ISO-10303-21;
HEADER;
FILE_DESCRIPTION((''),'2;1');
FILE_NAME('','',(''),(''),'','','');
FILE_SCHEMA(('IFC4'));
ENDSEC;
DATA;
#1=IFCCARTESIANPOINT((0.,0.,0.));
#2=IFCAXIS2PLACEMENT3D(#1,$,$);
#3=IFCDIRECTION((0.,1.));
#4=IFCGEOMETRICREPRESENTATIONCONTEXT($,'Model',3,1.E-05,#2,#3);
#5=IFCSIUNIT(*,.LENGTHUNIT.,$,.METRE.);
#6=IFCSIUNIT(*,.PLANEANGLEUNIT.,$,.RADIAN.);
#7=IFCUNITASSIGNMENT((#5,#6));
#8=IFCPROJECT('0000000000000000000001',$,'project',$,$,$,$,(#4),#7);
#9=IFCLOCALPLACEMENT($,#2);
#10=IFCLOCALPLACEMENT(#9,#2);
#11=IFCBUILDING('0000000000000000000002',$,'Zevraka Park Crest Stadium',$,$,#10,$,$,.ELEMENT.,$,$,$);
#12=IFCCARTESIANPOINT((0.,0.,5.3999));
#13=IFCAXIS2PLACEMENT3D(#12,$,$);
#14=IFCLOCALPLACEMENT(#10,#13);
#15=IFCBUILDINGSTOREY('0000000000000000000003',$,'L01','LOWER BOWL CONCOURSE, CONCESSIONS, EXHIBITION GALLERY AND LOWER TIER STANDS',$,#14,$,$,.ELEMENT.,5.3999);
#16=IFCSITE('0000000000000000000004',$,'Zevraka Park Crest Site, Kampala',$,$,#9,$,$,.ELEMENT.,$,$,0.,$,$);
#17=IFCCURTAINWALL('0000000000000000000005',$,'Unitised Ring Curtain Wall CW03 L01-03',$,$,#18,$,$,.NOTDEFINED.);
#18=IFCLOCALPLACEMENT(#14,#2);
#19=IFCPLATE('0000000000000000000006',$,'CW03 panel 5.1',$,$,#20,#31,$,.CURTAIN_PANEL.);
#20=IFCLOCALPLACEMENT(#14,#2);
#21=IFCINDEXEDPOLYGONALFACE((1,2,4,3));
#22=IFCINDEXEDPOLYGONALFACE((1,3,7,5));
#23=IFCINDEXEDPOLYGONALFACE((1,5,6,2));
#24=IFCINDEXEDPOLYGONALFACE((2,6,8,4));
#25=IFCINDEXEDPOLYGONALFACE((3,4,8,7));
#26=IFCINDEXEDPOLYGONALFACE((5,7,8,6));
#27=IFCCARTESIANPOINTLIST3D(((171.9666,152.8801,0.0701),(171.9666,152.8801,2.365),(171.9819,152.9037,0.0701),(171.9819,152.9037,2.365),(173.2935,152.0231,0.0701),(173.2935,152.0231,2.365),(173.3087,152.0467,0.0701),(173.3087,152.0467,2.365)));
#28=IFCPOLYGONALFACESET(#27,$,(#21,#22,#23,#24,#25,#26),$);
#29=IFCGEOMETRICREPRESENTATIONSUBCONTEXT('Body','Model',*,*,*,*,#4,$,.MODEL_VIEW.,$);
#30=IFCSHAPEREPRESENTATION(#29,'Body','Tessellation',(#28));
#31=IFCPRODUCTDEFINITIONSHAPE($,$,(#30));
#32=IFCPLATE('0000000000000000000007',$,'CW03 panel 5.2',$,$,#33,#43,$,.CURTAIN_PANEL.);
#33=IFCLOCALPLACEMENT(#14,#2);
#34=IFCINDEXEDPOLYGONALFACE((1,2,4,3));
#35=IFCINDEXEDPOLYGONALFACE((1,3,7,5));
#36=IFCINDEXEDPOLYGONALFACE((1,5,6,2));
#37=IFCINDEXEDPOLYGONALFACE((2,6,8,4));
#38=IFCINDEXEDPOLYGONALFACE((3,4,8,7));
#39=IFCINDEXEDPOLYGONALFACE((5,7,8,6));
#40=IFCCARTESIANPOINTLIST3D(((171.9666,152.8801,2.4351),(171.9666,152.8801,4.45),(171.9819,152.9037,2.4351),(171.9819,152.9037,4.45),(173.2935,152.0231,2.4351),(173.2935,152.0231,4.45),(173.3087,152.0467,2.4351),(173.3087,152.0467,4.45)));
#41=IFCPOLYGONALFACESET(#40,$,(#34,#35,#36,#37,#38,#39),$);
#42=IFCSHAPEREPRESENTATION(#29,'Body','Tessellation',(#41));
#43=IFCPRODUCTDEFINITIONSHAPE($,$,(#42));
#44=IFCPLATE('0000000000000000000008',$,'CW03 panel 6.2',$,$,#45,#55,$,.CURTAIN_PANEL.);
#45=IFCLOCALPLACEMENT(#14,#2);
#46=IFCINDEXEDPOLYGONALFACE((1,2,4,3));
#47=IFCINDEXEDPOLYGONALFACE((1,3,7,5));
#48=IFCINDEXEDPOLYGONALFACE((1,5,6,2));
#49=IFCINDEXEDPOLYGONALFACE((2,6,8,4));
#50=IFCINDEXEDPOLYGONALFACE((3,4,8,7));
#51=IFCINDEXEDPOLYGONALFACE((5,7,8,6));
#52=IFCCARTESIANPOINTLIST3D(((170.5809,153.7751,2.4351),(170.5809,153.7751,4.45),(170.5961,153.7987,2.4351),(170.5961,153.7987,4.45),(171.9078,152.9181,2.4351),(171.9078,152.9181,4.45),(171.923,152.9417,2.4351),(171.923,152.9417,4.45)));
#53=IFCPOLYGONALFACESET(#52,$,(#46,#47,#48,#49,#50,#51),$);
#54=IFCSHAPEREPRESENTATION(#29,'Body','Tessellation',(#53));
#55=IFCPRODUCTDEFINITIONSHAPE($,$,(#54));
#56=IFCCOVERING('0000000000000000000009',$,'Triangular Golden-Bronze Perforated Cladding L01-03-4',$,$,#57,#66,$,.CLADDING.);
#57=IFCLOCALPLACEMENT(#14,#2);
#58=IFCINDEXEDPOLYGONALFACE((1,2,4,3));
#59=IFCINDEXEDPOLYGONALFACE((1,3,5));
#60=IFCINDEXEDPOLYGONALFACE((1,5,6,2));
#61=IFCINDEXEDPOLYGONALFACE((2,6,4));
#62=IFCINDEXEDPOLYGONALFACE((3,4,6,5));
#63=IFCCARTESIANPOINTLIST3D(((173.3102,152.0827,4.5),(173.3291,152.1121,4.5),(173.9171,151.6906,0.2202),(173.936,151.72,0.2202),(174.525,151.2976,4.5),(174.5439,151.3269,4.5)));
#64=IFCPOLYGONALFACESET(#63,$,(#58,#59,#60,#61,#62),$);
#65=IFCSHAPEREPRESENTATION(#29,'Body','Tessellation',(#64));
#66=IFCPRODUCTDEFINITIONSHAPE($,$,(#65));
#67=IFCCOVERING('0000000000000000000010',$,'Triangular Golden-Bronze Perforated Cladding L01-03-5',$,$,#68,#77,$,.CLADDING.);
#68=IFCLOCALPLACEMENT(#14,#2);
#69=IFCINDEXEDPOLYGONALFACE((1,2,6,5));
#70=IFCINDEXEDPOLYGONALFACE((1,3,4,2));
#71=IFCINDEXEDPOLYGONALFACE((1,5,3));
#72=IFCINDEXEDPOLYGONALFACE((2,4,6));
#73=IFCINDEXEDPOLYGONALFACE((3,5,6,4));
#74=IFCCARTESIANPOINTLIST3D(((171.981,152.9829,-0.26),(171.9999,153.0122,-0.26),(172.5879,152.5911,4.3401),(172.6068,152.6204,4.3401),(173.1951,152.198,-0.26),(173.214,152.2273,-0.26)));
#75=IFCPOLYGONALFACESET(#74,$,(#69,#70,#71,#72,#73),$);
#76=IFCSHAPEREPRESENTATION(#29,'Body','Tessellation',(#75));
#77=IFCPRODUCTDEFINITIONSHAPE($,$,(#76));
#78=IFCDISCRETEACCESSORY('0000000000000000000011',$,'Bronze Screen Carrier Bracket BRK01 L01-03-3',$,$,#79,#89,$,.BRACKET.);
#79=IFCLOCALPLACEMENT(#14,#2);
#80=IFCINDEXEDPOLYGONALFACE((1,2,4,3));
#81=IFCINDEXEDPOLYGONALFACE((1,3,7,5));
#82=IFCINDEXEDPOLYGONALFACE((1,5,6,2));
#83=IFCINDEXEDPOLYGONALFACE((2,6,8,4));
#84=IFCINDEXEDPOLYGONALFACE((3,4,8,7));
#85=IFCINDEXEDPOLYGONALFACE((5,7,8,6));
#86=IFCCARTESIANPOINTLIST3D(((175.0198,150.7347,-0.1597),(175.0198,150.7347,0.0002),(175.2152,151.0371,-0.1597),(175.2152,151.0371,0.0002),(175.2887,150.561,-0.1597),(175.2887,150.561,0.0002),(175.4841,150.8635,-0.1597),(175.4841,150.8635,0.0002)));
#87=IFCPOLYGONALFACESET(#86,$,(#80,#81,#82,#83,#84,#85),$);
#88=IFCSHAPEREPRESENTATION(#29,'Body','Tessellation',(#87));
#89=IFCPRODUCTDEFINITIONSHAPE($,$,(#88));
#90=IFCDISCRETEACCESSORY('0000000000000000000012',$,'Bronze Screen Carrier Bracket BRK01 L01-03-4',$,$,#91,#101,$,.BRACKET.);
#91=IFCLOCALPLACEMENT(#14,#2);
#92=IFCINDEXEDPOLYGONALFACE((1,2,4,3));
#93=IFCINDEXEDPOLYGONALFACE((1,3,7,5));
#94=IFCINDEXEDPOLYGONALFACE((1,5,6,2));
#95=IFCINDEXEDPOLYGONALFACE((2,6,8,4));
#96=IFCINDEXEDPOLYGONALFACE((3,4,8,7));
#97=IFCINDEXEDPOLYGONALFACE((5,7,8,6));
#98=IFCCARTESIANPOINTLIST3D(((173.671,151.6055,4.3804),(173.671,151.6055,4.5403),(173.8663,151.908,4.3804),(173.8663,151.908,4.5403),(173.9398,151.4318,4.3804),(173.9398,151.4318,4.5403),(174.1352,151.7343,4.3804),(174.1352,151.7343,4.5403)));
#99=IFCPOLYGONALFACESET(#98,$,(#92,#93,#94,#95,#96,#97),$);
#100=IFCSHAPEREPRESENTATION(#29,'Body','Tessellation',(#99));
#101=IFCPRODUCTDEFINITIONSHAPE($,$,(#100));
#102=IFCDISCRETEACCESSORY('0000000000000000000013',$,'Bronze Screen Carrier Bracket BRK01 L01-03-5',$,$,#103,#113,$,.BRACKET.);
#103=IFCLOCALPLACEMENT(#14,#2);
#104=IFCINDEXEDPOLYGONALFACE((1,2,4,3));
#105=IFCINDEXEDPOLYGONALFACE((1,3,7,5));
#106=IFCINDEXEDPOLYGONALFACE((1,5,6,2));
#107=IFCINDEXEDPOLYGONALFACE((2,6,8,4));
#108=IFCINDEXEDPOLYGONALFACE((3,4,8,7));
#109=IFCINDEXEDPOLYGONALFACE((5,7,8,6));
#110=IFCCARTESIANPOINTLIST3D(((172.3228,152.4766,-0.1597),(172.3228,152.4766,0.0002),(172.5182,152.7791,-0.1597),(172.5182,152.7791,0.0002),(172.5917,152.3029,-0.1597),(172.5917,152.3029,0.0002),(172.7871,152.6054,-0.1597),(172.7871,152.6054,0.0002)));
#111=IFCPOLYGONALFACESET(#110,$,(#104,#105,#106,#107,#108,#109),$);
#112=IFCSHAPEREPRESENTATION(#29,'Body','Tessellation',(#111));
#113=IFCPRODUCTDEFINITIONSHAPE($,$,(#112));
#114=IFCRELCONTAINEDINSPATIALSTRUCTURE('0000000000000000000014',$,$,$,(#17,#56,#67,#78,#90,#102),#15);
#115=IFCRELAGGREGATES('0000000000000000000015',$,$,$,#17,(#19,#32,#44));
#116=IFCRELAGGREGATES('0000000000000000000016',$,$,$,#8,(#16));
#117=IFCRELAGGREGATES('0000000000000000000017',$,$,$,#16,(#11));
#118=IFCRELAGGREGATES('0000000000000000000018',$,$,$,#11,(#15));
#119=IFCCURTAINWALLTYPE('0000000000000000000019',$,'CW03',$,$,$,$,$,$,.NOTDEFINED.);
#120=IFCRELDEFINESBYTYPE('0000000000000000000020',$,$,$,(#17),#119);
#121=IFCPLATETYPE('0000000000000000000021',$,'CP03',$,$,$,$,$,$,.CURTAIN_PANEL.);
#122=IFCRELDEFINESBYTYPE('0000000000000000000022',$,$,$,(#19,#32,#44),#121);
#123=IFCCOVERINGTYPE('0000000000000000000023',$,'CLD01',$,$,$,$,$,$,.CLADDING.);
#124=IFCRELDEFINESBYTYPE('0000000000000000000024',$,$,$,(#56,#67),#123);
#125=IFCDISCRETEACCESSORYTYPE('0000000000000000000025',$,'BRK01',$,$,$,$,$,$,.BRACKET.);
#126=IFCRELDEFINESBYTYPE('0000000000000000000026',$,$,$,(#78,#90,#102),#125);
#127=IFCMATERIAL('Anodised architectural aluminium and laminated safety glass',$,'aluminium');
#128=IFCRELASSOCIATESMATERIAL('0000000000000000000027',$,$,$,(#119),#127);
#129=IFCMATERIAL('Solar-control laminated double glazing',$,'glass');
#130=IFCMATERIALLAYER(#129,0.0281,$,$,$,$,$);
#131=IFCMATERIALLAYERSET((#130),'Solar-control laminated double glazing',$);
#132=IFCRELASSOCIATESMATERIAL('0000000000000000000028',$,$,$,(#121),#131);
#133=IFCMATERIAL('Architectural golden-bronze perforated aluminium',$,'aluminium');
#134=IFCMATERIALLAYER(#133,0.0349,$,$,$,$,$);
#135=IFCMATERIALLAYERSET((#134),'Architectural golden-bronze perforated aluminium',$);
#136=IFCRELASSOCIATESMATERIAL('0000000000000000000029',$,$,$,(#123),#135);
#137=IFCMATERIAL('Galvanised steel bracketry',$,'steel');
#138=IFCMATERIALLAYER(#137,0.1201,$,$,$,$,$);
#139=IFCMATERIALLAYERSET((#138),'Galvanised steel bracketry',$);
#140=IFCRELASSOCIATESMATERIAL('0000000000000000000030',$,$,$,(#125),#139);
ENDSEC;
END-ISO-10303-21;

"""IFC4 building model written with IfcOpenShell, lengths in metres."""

from ifc_helpers import new_model, si_unit, direction, frame, origin, origin_2d, place, context, subcontext, project, spatial, polyline, rectangle, outline, extrude, material, layer, layer_set, type_object, element, aggregate, save


model = new_model("IFC4")

# Units and contexts
model_context = context("Model", 3, precision=1e-05, world=origin(), true_north=direction((0.0, 1.0)))
body_context = subcontext(model_context, "Body", "Model", "MODEL_VIEW")
ifc_project = project(units=[si_unit("LENGTHUNIT", "METRE"), si_unit("PLANEANGLEUNIT", "RADIAN")], contexts=[model_context])

# Site, building, storey
site_placement = place(None, origin())
site = spatial("IfcSite", under=ifc_project, at=site_placement, Name="Zevraka Park Crest Site, Kampala", CompositionType="ELEMENT", RefElevation=0.0)
building_placement = place(site_placement, origin())
building = spatial("IfcBuilding", under=site, at=building_placement, Name="Zevraka Park Crest Stadium", CompositionType="ELEMENT")
storey_placement = place(building_placement, frame((0.0, 0.0, 5.3999)))
storey = spatial("IfcBuildingStorey", under=building, at=storey_placement, Name="L01", Description="LOWER BOWL CONCOURSE, CONCESSIONS, EXHIBITION GALLERY AND LOWER TIER STANDS", CompositionType="ELEMENT", Elevation=5.3999)

# Curtain wall, plates
ifc_material_1 = material(Name="Anodised architectural aluminium and laminated safety glass", Category="aluminium")
curtain_wall_type = type_object("IfcCurtainWallType", Name="CW03", PredefinedType="NOTDEFINED", material=ifc_material_1)
curtain_wall_placement = place(storey_placement, origin())
curtain_wall = element("IfcCurtainWall", 1, at=curtain_wall_placement, inside=storey, type_object=curtain_wall_type, Name="Unitised Ring Curtain Wall CW03 L01-03", PredefinedType="NOTDEFINED")
ifc_material_2 = material(Name="Solar-control laminated double glazing", Category="glass")
ifc_layer_1 = layer(ifc_material_2, 0.0281)
ifc_layer_set_1 = layer_set([ifc_layer_1], Name="Solar-control laminated double glazing")
plate_type = type_object("IfcPlateType", Name="CP03", PredefinedType="CURTAIN_PANEL", material=ifc_layer_set_1)
plate_1_placement = place(storey_placement, frame((172.6377, 152.4634, 0.0701), z_axis=(0.0, 0.0, 1.0), x_axis=(-0.84001, 0.542571, 0.0)))
plate_1 = element("IfcPlate", 2, at=plate_1_placement, type_object=plate_type, Name="CW03 panel 5.1", PredefinedType="CURTAIN_PANEL", context=body_context, shape_type="SweptSolid", body=[
    extrude(rectangle(XDim=1.5796, YDim=0.0281, at=origin_2d()), origin(), (0.0, 0.0, 1.0), 2.2949),
])
plate_2_placement = place(storey_placement, frame((172.6377, 152.4634, 2.4351), z_axis=(0.0, 0.0, 1.0), x_axis=(-0.84001, 0.542571, 0.0)))
plate_2 = element("IfcPlate", 3, at=plate_2_placement, type_object=plate_type, Name="CW03 panel 5.2", PredefinedType="CURTAIN_PANEL", context=body_context, shape_type="SweptSolid", body=[
    extrude(rectangle(XDim=1.5796, YDim=0.0281, at=origin_2d()), origin(), (0.0, 0.0, 1.0), 2.0149),
])
plate_3_placement = place(storey_placement, frame((171.252, 153.3584, 2.4351), z_axis=(0.0, 0.0, 1.0), x_axis=(-0.84001, 0.542571, 0.0)))
plate_3 = element("IfcPlate", 4, at=plate_3_placement, type_object=plate_type, Name="CW03 panel 6.2", PredefinedType="CURTAIN_PANEL", context=body_context, shape_type="SweptSolid", body=[
    extrude(rectangle(XDim=1.5796, YDim=0.0281, at=origin_2d()), origin(), (0.0, 0.0, 1.0), 2.0149),
])
aggregate(curtain_wall, [plate_1, plate_2, plate_3])

# Coverings
ifc_material_3 = material(Name="Architectural golden-bronze perforated aluminium", Category="aluminium")
ifc_layer_2 = layer(ifc_material_3, 0.0349)
ifc_layer_set_2 = layer_set([ifc_layer_2], Name="Architectural golden-bronze perforated aluminium")
covering_type = type_object("IfcCoveringType", Name="CLD01", PredefinedType="CLADDING", material=ifc_layer_set_2)
covering_1_placement = place(storey_placement, frame((173.3291, 152.1121, 4.5), z_axis=(0.542803, 0.83986, 0.000034), x_axis=(0.83986, -0.542803, 0.0)))
element("IfcCovering", 5, at=covering_1_placement, inside=storey, type_object=covering_type, Name="Triangular Golden-Bronze Perforated Cladding L01-03-4", PredefinedType="CLADDING", context=body_context, shape_type="SweptSolid", body=[
    extrude(outline(polyline([(0.0, 0.0), (1.4465, 0.0), (0.7226, 4.2798), (0.0, 0.0)])), origin(), (0.0, 0.0, -1.0), 0.0349),
])
covering_2_placement = place(storey_placement, frame((173.1951, 152.198, -0.26), z_axis=(-0.542915, -0.839788, 0.000097), x_axis=(-0.839788, 0.542915, 0.0)))
element("IfcCovering", 6, at=covering_2_placement, inside=storey, type_object=covering_type, Name="Triangular Golden-Bronze Perforated Cladding L01-03-5", PredefinedType="CLADDING", context=body_context, shape_type="SweptSolid", body=[
    extrude(outline(polyline([(0.0, 0.0), (1.4457, 0.0), (0.7233, -4.6001), (0.0, 0.0)])), origin(), (0.0, 0.0, -1.0), 0.0349),
])

# Discrete accessories
ifc_material_4 = material(Name="Galvanised steel bracketry", Category="steel")
ifc_layer_3 = layer(ifc_material_4, 0.1201)
ifc_layer_set_3 = layer_set([ifc_layer_3], Name="Galvanised steel bracketry")
discrete_accessory_type = type_object("IfcDiscreteAccessoryType", Name="BRK01", PredefinedType="BRACKET", material=ifc_layer_set_3)
for number, where, z_axis, x_axis, name in (
    (7, (175.252, 150.7991, -0.1597), (0.0, 0.0, 1.0), (-0.839999, 0.542588, 0.0), "Bronze Screen Carrier Bracket BRK01 L01-03-3"),
    (8, (173.9031, 151.6699, 4.3804), (0.0, 0.0, 1.0), (-0.839999, 0.542588, 0.0), "Bronze Screen Carrier Bracket BRK01 L01-03-4"),
    (9, (172.5549, 152.541, -0.1597), (0.0, 0.0, 1.0), (-0.839999, 0.542588, 0.0), "Bronze Screen Carrier Bracket BRK01 L01-03-5"),
):
    element("IfcDiscreteAccessory", number, at=place(storey_placement, frame(where, z_axis=z_axis, x_axis=x_axis)), inside=storey, type_object=discrete_accessory_type, Name=name, PredefinedType="BRACKET", context=body_context, shape_type="SweptSolid", body=[
        extrude(rectangle(XDim=0.3201, YDim=0.3601, at=origin_2d()), origin(), (0.0, 0.0, 1.0), 0.1599),
    ])

save(model, "model.ifc")
